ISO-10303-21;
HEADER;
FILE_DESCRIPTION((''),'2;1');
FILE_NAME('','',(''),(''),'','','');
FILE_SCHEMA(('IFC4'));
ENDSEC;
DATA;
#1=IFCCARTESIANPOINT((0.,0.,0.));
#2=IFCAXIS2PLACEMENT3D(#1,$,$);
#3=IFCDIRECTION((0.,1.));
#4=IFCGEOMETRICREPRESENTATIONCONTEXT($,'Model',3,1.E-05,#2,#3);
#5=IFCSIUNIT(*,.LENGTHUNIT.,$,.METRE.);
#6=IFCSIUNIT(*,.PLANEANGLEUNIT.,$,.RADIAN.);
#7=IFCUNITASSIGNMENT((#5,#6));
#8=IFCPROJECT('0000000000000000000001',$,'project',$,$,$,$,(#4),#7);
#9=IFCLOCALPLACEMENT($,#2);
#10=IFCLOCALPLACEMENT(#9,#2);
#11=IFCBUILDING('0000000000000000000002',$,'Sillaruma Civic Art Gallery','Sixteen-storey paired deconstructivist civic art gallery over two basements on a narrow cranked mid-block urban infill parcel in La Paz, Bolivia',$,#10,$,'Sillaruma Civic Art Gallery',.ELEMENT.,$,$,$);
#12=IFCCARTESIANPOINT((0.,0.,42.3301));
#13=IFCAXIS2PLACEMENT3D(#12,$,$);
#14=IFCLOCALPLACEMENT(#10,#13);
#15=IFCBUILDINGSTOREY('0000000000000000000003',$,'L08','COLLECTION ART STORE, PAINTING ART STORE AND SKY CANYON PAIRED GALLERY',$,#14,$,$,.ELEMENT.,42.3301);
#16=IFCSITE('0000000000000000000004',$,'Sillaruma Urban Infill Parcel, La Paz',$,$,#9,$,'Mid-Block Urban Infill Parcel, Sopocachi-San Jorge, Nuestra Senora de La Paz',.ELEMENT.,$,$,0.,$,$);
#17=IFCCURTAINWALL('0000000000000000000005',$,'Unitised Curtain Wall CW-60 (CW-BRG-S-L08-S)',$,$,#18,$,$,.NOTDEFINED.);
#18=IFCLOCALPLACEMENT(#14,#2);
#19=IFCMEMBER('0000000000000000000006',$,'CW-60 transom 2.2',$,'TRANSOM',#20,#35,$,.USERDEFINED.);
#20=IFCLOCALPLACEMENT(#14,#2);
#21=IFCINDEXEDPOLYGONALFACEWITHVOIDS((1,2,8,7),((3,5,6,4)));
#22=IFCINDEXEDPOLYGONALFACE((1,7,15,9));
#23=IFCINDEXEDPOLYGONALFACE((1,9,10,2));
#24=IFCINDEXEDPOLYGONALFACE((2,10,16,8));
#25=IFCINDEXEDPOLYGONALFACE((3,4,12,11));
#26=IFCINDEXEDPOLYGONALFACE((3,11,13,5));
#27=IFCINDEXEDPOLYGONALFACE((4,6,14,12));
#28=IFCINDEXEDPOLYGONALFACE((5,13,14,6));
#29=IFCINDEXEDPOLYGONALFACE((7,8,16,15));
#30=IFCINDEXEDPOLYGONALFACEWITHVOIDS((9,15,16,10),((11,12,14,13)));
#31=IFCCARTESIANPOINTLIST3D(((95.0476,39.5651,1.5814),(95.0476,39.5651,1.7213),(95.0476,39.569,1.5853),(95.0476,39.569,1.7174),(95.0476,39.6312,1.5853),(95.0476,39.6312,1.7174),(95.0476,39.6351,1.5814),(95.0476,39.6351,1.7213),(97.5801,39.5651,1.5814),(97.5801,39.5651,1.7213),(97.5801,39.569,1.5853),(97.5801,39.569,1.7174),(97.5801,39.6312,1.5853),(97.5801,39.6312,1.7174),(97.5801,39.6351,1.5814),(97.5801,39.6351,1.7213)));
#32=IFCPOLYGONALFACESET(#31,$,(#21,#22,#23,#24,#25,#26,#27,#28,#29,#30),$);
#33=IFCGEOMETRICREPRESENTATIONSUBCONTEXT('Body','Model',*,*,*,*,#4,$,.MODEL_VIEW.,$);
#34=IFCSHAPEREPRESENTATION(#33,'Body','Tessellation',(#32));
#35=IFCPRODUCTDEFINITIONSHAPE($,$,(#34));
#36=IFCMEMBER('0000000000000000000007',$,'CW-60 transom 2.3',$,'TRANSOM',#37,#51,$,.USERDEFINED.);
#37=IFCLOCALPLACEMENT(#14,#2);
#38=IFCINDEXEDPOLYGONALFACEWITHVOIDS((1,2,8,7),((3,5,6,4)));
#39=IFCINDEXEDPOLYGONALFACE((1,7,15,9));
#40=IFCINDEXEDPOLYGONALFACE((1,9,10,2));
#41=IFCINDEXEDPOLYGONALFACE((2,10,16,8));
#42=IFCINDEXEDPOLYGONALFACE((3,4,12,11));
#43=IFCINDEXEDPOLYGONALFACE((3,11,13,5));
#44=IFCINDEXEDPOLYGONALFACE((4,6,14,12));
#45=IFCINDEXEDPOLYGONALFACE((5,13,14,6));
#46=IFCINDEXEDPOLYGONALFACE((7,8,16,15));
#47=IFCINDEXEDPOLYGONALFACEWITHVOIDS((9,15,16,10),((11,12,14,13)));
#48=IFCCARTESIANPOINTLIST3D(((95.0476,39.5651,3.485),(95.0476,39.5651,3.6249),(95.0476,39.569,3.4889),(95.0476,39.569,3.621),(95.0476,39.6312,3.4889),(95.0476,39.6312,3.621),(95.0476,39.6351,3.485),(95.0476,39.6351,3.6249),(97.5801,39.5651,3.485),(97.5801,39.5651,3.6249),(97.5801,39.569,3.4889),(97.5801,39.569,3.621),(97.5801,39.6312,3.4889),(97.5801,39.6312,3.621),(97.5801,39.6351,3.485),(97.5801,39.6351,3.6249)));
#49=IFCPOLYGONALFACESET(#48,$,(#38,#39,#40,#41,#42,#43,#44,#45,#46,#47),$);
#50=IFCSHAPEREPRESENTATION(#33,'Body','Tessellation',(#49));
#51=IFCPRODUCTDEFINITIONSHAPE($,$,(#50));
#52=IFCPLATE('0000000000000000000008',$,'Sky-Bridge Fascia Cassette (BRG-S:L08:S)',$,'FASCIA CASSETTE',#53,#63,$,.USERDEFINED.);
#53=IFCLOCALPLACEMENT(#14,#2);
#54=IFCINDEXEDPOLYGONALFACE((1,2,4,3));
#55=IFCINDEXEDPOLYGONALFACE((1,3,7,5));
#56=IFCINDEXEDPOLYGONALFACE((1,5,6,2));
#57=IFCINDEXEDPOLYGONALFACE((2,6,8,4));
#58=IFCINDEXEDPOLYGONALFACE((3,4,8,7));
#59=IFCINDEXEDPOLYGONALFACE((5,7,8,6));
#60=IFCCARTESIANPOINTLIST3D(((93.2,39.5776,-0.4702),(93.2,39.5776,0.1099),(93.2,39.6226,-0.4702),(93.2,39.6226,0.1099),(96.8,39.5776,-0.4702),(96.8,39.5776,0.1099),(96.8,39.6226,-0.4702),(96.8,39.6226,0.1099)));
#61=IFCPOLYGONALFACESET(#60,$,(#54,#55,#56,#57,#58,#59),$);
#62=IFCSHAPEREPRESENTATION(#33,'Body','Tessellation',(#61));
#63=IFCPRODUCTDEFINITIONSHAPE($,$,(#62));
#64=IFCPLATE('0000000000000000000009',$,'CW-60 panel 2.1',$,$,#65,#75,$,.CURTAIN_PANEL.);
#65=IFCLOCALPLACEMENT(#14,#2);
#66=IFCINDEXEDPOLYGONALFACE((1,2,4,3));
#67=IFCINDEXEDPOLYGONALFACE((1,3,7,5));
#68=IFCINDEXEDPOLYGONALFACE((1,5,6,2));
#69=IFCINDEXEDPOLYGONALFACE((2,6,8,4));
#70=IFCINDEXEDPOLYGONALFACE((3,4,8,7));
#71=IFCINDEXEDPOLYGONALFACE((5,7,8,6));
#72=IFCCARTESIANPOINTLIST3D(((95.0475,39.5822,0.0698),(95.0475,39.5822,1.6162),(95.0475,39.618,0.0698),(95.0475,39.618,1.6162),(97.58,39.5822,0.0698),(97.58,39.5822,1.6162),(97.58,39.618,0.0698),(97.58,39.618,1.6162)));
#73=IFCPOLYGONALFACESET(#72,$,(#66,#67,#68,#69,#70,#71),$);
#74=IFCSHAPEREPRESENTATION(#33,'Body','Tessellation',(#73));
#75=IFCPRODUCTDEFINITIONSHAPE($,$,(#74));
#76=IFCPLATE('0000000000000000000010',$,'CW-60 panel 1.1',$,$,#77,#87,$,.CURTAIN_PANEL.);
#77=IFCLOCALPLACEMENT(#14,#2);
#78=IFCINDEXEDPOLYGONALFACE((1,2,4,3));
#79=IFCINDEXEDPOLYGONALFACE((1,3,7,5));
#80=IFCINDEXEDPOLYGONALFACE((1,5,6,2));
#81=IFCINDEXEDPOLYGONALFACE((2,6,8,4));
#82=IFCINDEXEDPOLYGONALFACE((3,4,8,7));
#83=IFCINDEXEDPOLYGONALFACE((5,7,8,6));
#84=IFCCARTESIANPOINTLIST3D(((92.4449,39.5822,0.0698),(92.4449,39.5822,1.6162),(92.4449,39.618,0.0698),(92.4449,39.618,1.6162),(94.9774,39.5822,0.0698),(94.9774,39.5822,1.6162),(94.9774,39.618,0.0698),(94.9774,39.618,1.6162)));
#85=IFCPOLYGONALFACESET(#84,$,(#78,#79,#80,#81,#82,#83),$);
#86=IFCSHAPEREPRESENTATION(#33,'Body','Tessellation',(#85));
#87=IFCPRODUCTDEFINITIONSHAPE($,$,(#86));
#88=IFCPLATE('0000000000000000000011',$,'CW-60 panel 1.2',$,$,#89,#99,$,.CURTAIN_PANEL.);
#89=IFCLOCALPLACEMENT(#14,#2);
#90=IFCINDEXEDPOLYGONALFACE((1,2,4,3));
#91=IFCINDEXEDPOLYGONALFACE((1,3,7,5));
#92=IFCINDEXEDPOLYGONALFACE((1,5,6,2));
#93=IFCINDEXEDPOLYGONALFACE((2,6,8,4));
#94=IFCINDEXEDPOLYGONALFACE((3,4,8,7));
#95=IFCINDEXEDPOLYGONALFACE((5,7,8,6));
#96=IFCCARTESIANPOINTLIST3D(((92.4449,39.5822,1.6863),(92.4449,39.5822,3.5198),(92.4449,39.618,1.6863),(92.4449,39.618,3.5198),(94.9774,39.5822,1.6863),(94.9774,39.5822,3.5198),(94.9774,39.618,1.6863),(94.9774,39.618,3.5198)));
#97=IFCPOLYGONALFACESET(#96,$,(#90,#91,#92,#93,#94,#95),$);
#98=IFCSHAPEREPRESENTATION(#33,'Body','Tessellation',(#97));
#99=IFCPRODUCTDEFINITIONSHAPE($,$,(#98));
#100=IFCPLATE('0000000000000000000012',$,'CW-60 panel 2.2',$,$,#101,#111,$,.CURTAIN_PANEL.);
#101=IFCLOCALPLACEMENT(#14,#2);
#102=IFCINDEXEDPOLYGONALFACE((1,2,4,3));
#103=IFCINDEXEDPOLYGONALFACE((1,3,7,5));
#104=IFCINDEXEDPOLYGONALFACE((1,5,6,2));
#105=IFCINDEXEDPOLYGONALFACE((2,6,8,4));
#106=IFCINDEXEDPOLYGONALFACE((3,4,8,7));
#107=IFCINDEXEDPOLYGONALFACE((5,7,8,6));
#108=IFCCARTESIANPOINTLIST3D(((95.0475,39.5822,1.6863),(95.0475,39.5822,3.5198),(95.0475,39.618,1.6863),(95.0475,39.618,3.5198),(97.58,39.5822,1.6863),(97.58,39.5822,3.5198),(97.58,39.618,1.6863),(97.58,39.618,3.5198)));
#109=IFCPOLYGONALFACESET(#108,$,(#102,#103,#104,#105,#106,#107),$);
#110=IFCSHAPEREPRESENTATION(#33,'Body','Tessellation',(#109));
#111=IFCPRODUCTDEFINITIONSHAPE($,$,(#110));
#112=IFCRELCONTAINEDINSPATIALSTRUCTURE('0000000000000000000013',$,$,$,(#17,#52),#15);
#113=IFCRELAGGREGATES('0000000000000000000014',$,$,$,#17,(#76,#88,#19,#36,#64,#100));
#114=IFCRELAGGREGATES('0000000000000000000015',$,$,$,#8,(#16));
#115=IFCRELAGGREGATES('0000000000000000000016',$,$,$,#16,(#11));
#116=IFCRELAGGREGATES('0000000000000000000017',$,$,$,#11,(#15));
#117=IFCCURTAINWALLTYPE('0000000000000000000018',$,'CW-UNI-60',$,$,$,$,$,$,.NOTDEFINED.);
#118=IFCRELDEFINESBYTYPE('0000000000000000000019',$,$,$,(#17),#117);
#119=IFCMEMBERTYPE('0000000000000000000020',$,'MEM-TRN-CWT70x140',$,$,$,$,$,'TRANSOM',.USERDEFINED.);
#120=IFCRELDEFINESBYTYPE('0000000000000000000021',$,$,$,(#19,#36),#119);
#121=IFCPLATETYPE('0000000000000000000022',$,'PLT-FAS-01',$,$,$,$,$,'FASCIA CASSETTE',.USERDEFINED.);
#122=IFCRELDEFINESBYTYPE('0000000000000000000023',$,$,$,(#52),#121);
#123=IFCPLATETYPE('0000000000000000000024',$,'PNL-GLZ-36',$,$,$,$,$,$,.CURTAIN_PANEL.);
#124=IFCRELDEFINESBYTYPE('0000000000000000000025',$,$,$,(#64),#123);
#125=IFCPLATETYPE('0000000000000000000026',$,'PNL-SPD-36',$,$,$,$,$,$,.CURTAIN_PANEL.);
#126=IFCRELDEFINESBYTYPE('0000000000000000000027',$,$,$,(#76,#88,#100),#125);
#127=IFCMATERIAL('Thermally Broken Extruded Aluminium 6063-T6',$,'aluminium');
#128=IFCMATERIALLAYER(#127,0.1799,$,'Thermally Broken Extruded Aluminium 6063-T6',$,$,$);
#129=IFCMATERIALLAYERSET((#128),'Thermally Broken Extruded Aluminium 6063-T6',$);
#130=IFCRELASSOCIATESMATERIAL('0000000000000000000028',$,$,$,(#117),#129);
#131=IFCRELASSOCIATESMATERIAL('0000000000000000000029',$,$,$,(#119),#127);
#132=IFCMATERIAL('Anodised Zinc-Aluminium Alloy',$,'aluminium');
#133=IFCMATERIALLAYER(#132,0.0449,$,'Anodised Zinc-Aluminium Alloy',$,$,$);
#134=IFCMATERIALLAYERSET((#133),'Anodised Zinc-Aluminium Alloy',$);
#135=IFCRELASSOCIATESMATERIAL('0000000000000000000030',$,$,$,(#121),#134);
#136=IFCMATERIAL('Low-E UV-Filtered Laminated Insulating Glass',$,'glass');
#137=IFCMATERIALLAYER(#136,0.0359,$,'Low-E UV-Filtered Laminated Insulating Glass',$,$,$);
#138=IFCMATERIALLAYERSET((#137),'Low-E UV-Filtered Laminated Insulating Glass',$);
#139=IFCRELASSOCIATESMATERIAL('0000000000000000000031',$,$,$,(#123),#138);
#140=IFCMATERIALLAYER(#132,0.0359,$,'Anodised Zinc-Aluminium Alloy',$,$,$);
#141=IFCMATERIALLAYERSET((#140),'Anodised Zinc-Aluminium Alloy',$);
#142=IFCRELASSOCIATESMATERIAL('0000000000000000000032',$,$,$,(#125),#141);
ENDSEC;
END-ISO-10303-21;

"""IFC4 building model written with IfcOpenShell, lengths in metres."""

from ifc_helpers import new_model, si_unit, direction, frame, origin, origin_2d, place, context, subcontext, project, spatial, rectangle, hollow_rectangle, extrude, material, layer, layer_set, material_profile, profile_set, type_object, element, aggregate, save


model = new_model("IFC4")

# Units and contexts
model_context = context("Model", 3, precision=1e-05, world=origin(), true_north=direction((0.0, 1.0)))
body_context = subcontext(model_context, "Body", "Model", "MODEL_VIEW")
ifc_project = project(units=[si_unit("LENGTHUNIT", "METRE"), si_unit("PLANEANGLEUNIT", "RADIAN")], contexts=[model_context])

# Site, building, storey
site_placement = place(None, origin())
site = spatial("IfcSite", under=ifc_project, at=site_placement, Name="Sillaruma Urban Infill Parcel, La Paz", LongName="Mid-Block Urban Infill Parcel, Sopocachi-San Jorge, Nuestra Senora de La Paz", CompositionType="ELEMENT", RefElevation=0.0)
building_placement = place(site_placement, origin())
building = spatial("IfcBuilding", under=site, at=building_placement, Name="Sillaruma Civic Art Gallery", Description="Sixteen-storey paired deconstructivist civic art gallery over two basements on a narrow cranked mid-block urban infill parcel in La Paz, Bolivia", LongName="Sillaruma Civic Art Gallery", CompositionType="ELEMENT")
storey_placement = place(building_placement, frame((0.0, 0.0, 42.3301)))
storey = spatial("IfcBuildingStorey", under=building, at=storey_placement, Name="L08", Description="COLLECTION ART STORE, PAINTING ART STORE AND SKY CANYON PAIRED GALLERY", CompositionType="ELEMENT", Elevation=42.3301)

# Curtain wall, members
ifc_material_1 = material(Name="Thermally Broken Extruded Aluminium 6063-T6", Category="aluminium")
ifc_layer_1 = layer(ifc_material_1, 0.1799, Name="Thermally Broken Extruded Aluminium 6063-T6")
ifc_layer_set_1 = layer_set([ifc_layer_1], Name="Thermally Broken Extruded Aluminium 6063-T6")
curtain_wall_type = type_object("IfcCurtainWallType", Name="CW-UNI-60", PredefinedType="NOTDEFINED", material=ifc_layer_set_1)
curtain_wall_placement = place(storey_placement, origin())
curtain_wall = element("IfcCurtainWall", 1, at=curtain_wall_placement, inside=storey, type_object=curtain_wall_type, Name="Unitised Curtain Wall CW-60 (CW-BRG-S-L08-S)", PredefinedType="NOTDEFINED")
ifc_material_profile_1 = material_profile(ifc_material_1, hollow_rectangle(XDim=0.0701, YDim=0.1399, WallThickness=0.0039, at=origin_2d()), Name="CWT70x140")
ifc_profile_set_1 = profile_set([ifc_material_profile_1], Name="Thermally Broken Extruded Aluminium 6063-T6")
member_type_1 = type_object("IfcMemberType", Name="MEM-TRN-CWT70x140", ElementType="TRANSOM", PredefinedType="USERDEFINED", material=ifc_profile_set_1)
member_1_placement = place(storey_placement, frame((95.0476, 39.6001, 1.6514), z_axis=(1.0, 0.0, 0.0), x_axis=(0.0, 1.0, 0.0)))
member_1 = element("IfcMember", 2, at=member_1_placement, type_object=member_type_1, Name="CW-60 transom 2.2", ObjectType="TRANSOM", PredefinedType="USERDEFINED", context=body_context, shape_type="SweptSolid", body=[
    extrude(hollow_rectangle(XDim=0.0701, YDim=0.1399, WallThickness=0.0039, at=origin_2d()), origin(), (0.0, 0.0, 1.0), 2.5325),
])
member_2_placement = place(storey_placement, frame((95.0476, 39.6001, 3.5549), z_axis=(1.0, 0.0, 0.0), x_axis=(0.0, 1.0, 0.0)))
member_2 = element("IfcMember", 3, at=member_2_placement, type_object=member_type_1, Name="CW-60 transom 2.3", ObjectType="TRANSOM", PredefinedType="USERDEFINED", context=body_context, shape_type="SweptSolid", body=[
    extrude(hollow_rectangle(XDim=0.0701, YDim=0.1399, WallThickness=0.0039, at=origin_2d()), origin(), (0.0, 0.0, 1.0), 2.5325),
])

# Plates
ifc_material_2 = material(Name="Anodised Zinc-Aluminium Alloy", Category="aluminium")
ifc_layer_2 = layer(ifc_material_2, 0.0449, Name="Anodised Zinc-Aluminium Alloy")
ifc_layer_set_2 = layer_set([ifc_layer_2], Name="Anodised Zinc-Aluminium Alloy")
plate_type_1 = type_object("IfcPlateType", Name="PLT-FAS-01", ElementType="FASCIA CASSETTE", PredefinedType="USERDEFINED", material=ifc_layer_set_2)
plate_1_placement = place(storey_placement, frame((95.0, 39.6001, -0.4702), z_axis=(0.0, 0.0, 1.0), x_axis=(1.0, 0.0, 0.0)))
element("IfcPlate", 4, at=plate_1_placement, inside=storey, type_object=plate_type_1, Name="Sky-Bridge Fascia Cassette (BRG-S:L08:S)", ObjectType="FASCIA CASSETTE", PredefinedType="USERDEFINED", context=body_context, shape_type="SweptSolid", body=[
    extrude(rectangle(XDim=3.6001, YDim=0.0449, at=origin_2d()), origin(), (0.0, 0.0, 1.0), 0.5801),
])
ifc_material_3 = material(Name="Low-E UV-Filtered Laminated Insulating Glass", Category="glass")
ifc_layer_3 = layer(ifc_material_3, 0.0359, Name="Low-E UV-Filtered Laminated Insulating Glass")
ifc_layer_set_3 = layer_set([ifc_layer_3], Name="Low-E UV-Filtered Laminated Insulating Glass")
plate_type_2 = type_object("IfcPlateType", Name="PNL-GLZ-36", PredefinedType="CURTAIN_PANEL", material=ifc_layer_set_3)
plate_2_placement = place(storey_placement, frame((96.3137, 39.6001, 0.0698), z_axis=(0.0, 0.0, 1.0), x_axis=(1.0, 0.0, 0.0)))
plate_2 = element("IfcPlate", 5, at=plate_2_placement, type_object=plate_type_2, Name="CW-60 panel 2.1", PredefinedType="CURTAIN_PANEL", context=body_context, shape_type="SweptSolid", body=[
    extrude(rectangle(XDim=2.5325, YDim=0.0359, at=origin_2d()), origin(), (0.0, 0.0, 1.0), 1.5464),
])
ifc_layer_4 = layer(ifc_material_2, 0.0359, Name="Anodised Zinc-Aluminium Alloy")
ifc_layer_set_4 = layer_set([ifc_layer_4], Name="Anodised Zinc-Aluminium Alloy")
plate_type_3 = type_object("IfcPlateType", Name="PNL-SPD-36", PredefinedType="CURTAIN_PANEL", material=ifc_layer_set_4)
plate_3_placement = place(storey_placement, frame((93.7112, 39.6001, 0.0698), z_axis=(0.0, 0.0, 1.0), x_axis=(1.0, 0.0, 0.0)))
plate_3 = element("IfcPlate", 6, at=plate_3_placement, type_object=plate_type_3, Name="CW-60 panel 1.1", PredefinedType="CURTAIN_PANEL", context=body_context, shape_type="SweptSolid", body=[
    extrude(rectangle(XDim=2.5325, YDim=0.0359, at=origin_2d()), origin(), (0.0, 0.0, 1.0), 1.5464),
])
plate_4_placement = place(storey_placement, frame((93.7112, 39.6001, 1.6863), z_axis=(0.0, 0.0, 1.0), x_axis=(1.0, 0.0, 0.0)))
plate_4 = element("IfcPlate", 7, at=plate_4_placement, type_object=plate_type_3, Name="CW-60 panel 1.2", PredefinedType="CURTAIN_PANEL", context=body_context, shape_type="SweptSolid", body=[
    extrude(rectangle(XDim=2.5325, YDim=0.0359, at=origin_2d()), origin(), (0.0, 0.0, 1.0), 1.8335),
])
plate_5_placement = place(storey_placement, frame((96.3137, 39.6001, 1.6863), z_axis=(0.0, 0.0, 1.0), x_axis=(1.0, 0.0, 0.0)))
plate_5 = element("IfcPlate", 8, at=plate_5_placement, type_object=plate_type_3, Name="CW-60 panel 2.2", PredefinedType="CURTAIN_PANEL", context=body_context, shape_type="SweptSolid", body=[
    extrude(rectangle(XDim=2.5325, YDim=0.0359, at=origin_2d()), origin(), (0.0, 0.0, 1.0), 1.8335),
])
aggregate(curtain_wall, [plate_3, plate_4, member_1, member_2, plate_2, plate_5])

save(model, "model.ifc")
